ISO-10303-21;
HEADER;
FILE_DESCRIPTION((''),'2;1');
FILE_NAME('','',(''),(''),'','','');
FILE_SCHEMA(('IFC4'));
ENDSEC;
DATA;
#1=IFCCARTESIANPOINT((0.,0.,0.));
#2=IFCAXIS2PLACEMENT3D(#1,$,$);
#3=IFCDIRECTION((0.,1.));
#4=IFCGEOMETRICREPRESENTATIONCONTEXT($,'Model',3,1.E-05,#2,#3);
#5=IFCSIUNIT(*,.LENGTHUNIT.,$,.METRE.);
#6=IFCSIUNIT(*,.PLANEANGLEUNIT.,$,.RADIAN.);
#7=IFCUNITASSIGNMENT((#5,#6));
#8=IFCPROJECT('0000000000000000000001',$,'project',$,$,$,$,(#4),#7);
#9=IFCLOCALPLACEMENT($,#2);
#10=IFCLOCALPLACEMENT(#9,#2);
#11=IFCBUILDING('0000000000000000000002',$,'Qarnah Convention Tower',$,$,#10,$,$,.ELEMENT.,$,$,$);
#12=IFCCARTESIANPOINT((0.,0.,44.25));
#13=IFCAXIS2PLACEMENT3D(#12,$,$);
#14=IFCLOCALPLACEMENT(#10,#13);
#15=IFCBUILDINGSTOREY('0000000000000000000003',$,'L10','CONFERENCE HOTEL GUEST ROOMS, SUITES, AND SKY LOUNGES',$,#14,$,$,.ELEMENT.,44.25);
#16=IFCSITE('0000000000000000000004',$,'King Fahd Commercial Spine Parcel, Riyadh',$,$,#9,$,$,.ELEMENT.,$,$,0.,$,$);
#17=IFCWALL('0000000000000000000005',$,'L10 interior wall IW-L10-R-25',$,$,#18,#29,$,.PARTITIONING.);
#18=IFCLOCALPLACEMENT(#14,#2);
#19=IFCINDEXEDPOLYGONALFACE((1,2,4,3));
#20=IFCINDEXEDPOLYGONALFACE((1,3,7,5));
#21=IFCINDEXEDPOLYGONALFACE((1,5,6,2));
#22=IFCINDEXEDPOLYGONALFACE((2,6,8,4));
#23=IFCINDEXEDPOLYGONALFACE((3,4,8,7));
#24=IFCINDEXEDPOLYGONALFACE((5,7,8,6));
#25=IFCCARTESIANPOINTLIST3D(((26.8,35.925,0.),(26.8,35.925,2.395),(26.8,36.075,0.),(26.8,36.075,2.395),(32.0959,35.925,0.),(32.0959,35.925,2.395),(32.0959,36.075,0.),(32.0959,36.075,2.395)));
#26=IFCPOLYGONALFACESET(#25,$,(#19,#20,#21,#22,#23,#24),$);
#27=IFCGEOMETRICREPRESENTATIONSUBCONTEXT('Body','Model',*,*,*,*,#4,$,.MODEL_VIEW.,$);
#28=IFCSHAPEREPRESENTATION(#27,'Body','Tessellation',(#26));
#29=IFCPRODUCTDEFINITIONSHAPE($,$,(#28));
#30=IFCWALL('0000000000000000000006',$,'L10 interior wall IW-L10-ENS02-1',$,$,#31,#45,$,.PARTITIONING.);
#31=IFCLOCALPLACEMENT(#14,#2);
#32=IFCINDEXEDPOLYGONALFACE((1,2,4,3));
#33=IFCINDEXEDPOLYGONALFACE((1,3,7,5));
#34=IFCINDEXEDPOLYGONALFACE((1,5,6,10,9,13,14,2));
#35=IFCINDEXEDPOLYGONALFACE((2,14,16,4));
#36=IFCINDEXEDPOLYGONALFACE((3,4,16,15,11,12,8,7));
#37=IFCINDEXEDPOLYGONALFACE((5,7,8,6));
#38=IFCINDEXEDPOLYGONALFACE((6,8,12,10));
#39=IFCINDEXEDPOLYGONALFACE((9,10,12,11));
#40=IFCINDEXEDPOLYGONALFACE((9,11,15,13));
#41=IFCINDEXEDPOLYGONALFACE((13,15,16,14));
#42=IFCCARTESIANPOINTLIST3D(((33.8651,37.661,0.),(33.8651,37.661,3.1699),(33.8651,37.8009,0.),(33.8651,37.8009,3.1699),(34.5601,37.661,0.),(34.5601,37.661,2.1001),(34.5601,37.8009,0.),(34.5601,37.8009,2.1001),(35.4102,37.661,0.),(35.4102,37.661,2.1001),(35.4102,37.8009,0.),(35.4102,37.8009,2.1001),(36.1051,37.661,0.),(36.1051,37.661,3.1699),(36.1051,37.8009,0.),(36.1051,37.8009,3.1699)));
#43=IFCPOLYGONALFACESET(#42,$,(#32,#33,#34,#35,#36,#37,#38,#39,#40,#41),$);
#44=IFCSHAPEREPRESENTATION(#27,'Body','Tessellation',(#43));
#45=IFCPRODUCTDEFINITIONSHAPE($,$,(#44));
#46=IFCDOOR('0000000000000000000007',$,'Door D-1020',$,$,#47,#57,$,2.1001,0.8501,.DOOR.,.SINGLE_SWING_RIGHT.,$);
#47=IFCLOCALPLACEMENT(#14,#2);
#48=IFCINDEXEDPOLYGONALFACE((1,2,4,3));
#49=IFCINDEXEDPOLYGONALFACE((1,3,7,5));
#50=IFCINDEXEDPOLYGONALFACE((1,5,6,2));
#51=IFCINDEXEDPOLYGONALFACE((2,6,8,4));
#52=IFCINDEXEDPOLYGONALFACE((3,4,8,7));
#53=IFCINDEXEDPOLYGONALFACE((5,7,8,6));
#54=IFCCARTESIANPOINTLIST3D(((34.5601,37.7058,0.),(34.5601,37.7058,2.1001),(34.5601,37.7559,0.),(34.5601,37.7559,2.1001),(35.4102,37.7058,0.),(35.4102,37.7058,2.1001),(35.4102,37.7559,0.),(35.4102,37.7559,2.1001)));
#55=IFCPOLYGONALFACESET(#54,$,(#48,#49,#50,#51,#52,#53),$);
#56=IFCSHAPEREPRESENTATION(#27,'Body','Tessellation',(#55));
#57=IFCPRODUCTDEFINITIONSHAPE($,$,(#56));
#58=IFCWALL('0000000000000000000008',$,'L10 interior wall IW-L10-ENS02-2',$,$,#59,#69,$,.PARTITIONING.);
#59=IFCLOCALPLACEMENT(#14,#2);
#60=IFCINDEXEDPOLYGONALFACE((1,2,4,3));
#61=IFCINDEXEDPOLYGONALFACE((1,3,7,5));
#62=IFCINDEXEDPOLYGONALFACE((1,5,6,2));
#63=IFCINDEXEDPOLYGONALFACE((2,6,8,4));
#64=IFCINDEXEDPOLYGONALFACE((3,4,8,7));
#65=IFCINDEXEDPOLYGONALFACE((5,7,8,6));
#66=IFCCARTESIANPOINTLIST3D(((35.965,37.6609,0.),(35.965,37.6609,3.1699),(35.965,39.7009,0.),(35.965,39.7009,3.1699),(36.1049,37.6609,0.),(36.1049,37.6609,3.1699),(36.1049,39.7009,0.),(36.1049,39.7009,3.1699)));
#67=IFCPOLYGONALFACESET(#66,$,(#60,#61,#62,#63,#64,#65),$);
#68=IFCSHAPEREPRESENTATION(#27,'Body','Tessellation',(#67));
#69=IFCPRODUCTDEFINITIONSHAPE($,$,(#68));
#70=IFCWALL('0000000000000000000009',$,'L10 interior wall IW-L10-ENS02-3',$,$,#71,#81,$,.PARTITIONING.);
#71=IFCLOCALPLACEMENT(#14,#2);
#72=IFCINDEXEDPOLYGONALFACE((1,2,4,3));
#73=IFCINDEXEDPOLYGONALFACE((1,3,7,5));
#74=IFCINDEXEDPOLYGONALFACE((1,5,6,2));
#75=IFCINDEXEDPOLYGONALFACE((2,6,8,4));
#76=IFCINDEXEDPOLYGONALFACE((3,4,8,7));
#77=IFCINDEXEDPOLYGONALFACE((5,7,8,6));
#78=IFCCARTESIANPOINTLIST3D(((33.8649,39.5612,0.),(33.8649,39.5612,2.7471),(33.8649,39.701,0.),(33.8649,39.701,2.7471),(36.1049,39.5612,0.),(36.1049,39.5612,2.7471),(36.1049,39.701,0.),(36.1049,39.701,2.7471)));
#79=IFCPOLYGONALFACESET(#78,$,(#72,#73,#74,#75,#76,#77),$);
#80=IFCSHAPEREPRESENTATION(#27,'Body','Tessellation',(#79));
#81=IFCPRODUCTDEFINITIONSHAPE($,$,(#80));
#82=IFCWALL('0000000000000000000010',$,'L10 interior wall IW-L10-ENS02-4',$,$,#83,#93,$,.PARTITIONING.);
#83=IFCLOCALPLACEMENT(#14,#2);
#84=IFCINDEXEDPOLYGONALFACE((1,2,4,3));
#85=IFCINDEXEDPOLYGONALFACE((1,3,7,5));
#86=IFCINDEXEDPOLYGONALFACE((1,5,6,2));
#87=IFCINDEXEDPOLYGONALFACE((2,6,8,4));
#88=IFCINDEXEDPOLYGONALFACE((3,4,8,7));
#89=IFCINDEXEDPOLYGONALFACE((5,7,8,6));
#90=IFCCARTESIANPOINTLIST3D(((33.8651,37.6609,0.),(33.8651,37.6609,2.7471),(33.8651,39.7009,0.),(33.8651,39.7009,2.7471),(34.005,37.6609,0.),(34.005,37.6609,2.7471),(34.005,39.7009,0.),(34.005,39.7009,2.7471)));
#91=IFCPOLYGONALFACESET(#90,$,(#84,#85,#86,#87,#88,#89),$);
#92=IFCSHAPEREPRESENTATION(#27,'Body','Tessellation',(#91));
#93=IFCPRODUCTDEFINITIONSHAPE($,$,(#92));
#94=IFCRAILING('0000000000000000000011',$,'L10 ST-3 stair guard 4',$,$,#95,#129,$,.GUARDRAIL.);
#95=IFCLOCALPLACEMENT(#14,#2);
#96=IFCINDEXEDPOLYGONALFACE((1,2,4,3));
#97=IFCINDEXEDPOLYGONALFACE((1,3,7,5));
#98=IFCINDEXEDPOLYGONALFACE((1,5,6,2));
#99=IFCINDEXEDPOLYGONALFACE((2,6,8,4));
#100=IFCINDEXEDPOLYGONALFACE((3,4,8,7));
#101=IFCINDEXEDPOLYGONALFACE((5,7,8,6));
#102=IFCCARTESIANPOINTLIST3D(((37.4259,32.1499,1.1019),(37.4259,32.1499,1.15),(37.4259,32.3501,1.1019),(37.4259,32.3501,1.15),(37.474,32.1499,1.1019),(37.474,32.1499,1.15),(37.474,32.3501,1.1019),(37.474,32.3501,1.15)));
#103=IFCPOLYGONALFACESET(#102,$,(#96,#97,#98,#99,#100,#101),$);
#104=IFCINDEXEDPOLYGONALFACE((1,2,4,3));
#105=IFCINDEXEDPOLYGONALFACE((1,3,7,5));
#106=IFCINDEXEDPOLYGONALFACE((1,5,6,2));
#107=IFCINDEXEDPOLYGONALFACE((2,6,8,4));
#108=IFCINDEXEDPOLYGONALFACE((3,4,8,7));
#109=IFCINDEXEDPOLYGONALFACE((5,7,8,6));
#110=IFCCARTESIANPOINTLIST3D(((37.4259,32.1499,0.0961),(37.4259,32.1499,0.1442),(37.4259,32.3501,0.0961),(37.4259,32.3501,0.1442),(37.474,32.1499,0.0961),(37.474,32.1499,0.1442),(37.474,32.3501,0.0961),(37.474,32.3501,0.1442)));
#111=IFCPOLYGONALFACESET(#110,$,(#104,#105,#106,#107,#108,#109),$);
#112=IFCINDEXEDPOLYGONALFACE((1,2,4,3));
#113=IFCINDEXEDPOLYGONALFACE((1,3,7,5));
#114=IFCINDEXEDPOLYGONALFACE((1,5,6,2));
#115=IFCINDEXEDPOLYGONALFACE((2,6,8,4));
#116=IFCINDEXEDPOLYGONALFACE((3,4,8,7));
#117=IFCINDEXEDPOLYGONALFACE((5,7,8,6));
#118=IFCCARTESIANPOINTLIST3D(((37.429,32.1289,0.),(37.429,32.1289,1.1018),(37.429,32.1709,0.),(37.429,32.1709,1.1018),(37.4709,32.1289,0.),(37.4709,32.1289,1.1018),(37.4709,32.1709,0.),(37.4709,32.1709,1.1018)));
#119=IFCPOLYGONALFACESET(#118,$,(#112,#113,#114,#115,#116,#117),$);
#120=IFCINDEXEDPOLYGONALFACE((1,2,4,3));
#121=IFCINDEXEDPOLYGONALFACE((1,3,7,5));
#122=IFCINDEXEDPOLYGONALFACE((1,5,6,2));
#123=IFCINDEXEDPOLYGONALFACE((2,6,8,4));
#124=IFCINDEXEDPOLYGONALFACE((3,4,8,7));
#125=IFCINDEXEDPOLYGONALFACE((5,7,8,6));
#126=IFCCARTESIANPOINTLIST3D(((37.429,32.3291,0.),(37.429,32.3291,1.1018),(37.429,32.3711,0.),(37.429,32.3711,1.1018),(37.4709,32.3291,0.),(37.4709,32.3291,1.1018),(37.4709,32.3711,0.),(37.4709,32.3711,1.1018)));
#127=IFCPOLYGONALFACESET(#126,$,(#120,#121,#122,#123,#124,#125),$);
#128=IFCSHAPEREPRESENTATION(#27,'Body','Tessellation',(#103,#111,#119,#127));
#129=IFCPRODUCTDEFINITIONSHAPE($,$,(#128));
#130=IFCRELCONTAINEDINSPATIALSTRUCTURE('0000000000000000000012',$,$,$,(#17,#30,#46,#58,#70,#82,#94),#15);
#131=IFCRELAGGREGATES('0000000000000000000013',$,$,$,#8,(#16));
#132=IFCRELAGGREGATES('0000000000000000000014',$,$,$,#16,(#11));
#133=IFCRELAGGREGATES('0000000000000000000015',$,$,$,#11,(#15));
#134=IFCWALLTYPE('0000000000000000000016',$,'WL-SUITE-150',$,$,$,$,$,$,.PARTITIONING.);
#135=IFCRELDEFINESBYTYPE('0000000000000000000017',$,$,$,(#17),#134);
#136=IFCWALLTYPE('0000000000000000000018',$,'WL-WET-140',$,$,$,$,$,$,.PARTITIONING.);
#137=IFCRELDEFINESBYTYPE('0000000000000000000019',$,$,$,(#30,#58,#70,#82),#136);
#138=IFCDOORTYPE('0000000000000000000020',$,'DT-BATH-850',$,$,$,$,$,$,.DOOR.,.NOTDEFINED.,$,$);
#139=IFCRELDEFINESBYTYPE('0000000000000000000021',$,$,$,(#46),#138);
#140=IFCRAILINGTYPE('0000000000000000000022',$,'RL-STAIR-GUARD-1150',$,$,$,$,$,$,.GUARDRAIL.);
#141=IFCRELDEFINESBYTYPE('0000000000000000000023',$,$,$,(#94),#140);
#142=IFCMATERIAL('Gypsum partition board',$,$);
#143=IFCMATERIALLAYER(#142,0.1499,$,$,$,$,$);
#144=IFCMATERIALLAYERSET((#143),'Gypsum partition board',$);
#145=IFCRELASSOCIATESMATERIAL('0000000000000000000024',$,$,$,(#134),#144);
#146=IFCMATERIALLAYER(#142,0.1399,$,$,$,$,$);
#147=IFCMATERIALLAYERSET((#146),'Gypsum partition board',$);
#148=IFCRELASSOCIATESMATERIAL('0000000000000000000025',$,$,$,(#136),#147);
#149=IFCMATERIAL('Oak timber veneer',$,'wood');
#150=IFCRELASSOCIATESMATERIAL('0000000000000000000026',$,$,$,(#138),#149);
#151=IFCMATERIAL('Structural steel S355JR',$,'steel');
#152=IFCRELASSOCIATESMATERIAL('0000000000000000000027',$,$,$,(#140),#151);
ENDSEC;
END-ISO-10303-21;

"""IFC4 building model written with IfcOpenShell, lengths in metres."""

from ifc_helpers import new_model, si_unit, direction, frame, frame_2d, origin, origin_2d, place, context, subcontext, project, spatial, rectangle, extrude, material, layer, layer_set, type_object, element, fill, save


model = new_model("IFC4")

# Units and contexts
model_context = context("Model", 3, precision=1e-05, world=origin(), true_north=direction((0.0, 1.0)))
body_context = subcontext(model_context, "Body", "Model", "MODEL_VIEW")
ifc_project = project(units=[si_unit("LENGTHUNIT", "METRE"), si_unit("PLANEANGLEUNIT", "RADIAN")], contexts=[model_context])

# Site, building, storey
site_placement = place(None, origin())
site = spatial("IfcSite", under=ifc_project, at=site_placement, Name="King Fahd Commercial Spine Parcel, Riyadh", CompositionType="ELEMENT", RefElevation=0.0)
building_placement = place(site_placement, origin())
building = spatial("IfcBuilding", under=site, at=building_placement, Name="Qarnah Convention Tower", CompositionType="ELEMENT")
storey_placement = place(building_placement, frame((0.0, 0.0, 44.25)))
storey = spatial("IfcBuildingStorey", under=building, at=storey_placement, Name="L10", Description="CONFERENCE HOTEL GUEST ROOMS, SUITES, AND SKY LOUNGES", CompositionType="ELEMENT", Elevation=44.25)

# Shared definitions
ifc_material_1 = material(Name="Structural steel S355JR", Category="steel")

# Shared definitions
ifc_material_2 = material(Name="Gypsum partition board")
ifc_layer_1 = layer(ifc_material_2, 0.1499)
ifc_layer_set_1 = layer_set([ifc_layer_1], Name="Gypsum partition board")
wall_type_1 = type_object("IfcWallType", Name="WL-SUITE-150", PredefinedType="PARTITIONING", material=ifc_layer_set_1)
ifc_material_3 = material(Name="Oak timber veneer", Category="wood")

# Wall
wall_1_placement = place(storey_placement, frame((26.8, 36.0, 0.0), z_axis=(0.0, 0.0, 1.0), x_axis=(1.0, 0.0, 0.0)))
element("IfcWall", 1, at=wall_1_placement, inside=storey, type_object=wall_type_1, Name="L10 interior wall IW-L10-R-25", PredefinedType="PARTITIONING", context=body_context, shape_type="SweptSolid", body=[
    extrude(rectangle(XDim=5.2959, YDim=0.1499, at=frame_2d((2.6479, 0.0))), origin(), (0.0, 0.0, 1.0), 2.395),
])

# Wall, opening, door
ifc_layer_2 = layer(ifc_material_2, 0.1399)
ifc_layer_set_2 = layer_set([ifc_layer_2], Name="Gypsum partition board")
wall_type_2 = type_object("IfcWallType", Name="WL-WET-140", PredefinedType="PARTITIONING", material=ifc_layer_set_2)
wall_2_placement = place(storey_placement, frame((33.865, 37.731, 0.0), z_axis=(0.0, 0.0, 1.0), x_axis=(1.0, 0.0, 0.0)))
wall_2 = element("IfcWall", 2, at=wall_2_placement, inside=storey, type_object=wall_type_2, Name="L10 interior wall IW-L10-ENS02-1", PredefinedType="PARTITIONING", context=body_context, shape_type="SweptSolid", body=[
    extrude(rectangle(XDim=2.24, YDim=0.1399, at=frame_2d((1.1201, 0.0))), origin(), (0.0, 0.0, 1.0), 3.1699),
])
opening_1_placement = place(wall_2_placement, frame((0.6951, 0.0, 0.0)))
opening_1 = element("IfcOpeningElement", 3, at=opening_1_placement, cuts=wall_2, PredefinedType="OPENING", context=body_context, shape_type="SweptSolid", body=[
    extrude(rectangle(XDim=0.8501, YDim=2.1001, at=frame_2d((0.425, 1.05))), frame((0.0, 0.0798, 0.0), z_axis=(0.0, -1.0, 0.0), x_axis=(1.0, 0.0, 0.0)), (0.0, 0.0, 1.0), 0.1599),
])
door_type_1 = type_object("IfcDoorType", Name="DT-BATH-850", OperationType="NOTDEFINED", PredefinedType="DOOR", material=ifc_material_3)
door_1_placement = place(opening_1_placement, origin())
door_1 = element("IfcDoor", 4, at=door_1_placement, inside=storey, type_object=door_type_1, Name="Door D-1020", OperationType="SINGLE_SWING_RIGHT", OverallHeight=2.1001, OverallWidth=0.8501, PredefinedType="DOOR", context=body_context, shape_type="SweptSolid", body=[
    extrude(rectangle(XDim=0.8501, YDim=2.1001, at=frame_2d((0.425, 1.05))), frame((0.0, 0.0249, 0.0), z_axis=(0.0, -1.0, 0.0), x_axis=(1.0, 0.0, 0.0)), (0.0, 0.0, 1.0), 0.05),
])
fill(opening_1, door_1)

# Walls
wall_3_placement = place(storey_placement, frame((36.0349, 37.6609, 0.0), z_axis=(0.0, 0.0, 1.0), x_axis=(0.0, 1.0, 0.0)))
element("IfcWall", 5, at=wall_3_placement, inside=storey, type_object=wall_type_2, Name="L10 interior wall IW-L10-ENS02-2", PredefinedType="PARTITIONING", context=body_context, shape_type="SweptSolid", body=[
    extrude(rectangle(XDim=2.04, YDim=0.1399, at=frame_2d((1.02, 0.0))), origin(), (0.0, 0.0, 1.0), 3.1699),
])
wall_4_placement = place(storey_placement, frame((36.105, 39.6311, 0.0), z_axis=(0.0, 0.0, 1.0), x_axis=(-1.0, 0.0, 0.0)))
element("IfcWall", 6, at=wall_4_placement, inside=storey, type_object=wall_type_2, Name="L10 interior wall IW-L10-ENS02-3", PredefinedType="PARTITIONING", context=body_context, shape_type="SweptSolid", body=[
    extrude(rectangle(XDim=2.24, YDim=0.1399, at=frame_2d((1.1201, 0.0))), origin(), (0.0, 0.0, 1.0), 2.7471),
])
wall_5_placement = place(storey_placement, frame((33.9351, 39.7009, 0.0), z_axis=(0.0, 0.0, 1.0), x_axis=(0.0, -1.0, 0.0)))
element("IfcWall", 7, at=wall_5_placement, inside=storey, type_object=wall_type_2, Name="L10 interior wall IW-L10-ENS02-4", PredefinedType="PARTITIONING", context=body_context, shape_type="SweptSolid", body=[
    extrude(rectangle(XDim=2.04, YDim=0.1399, at=frame_2d((1.02, 0.0))), origin(), (0.0, 0.0, 1.0), 2.7471),
])

# Railing
railing_type = type_object("IfcRailingType", Name="RL-STAIR-GUARD-1150", PredefinedType="GUARDRAIL", material=ifc_material_1)
railing_placement = place(storey_placement, frame((37.45, 32.1499, 0.0)))
element("IfcRailing", 8, at=railing_placement, inside=storey, type_object=railing_type, Name="L10 ST-3 stair guard 4", PredefinedType="GUARDRAIL", context=body_context, shape_type="SweptSolid", body=[
    extrude(rectangle(XDim=0.0481, YDim=0.0481, at=origin_2d()), frame((0.0, 0.0, 1.126), z_axis=(0.0, 1.0, 0.0), x_axis=(-1.0, 0.0, 0.0)), (0.0, 0.0, 1.0), 0.2002),
    extrude(rectangle(XDim=0.0481, YDim=0.0481, at=origin_2d()), frame((0.0, 0.0, 0.1201), z_axis=(0.0, 1.0, 0.0), x_axis=(-1.0, 0.0, 0.0)), (0.0, 0.0, 1.0), 0.2002),
    extrude(rectangle(XDim=0.042, YDim=0.042, at=origin_2d()), origin(), (0.0, 0.0, 1.0), 1.1018),
    extrude(rectangle(XDim=0.042, YDim=0.042, at=origin_2d()), frame((0.0, 0.2002, 0.0)), (0.0, 0.0, 1.0), 1.1018),
])

save(model, "model.ifc")
